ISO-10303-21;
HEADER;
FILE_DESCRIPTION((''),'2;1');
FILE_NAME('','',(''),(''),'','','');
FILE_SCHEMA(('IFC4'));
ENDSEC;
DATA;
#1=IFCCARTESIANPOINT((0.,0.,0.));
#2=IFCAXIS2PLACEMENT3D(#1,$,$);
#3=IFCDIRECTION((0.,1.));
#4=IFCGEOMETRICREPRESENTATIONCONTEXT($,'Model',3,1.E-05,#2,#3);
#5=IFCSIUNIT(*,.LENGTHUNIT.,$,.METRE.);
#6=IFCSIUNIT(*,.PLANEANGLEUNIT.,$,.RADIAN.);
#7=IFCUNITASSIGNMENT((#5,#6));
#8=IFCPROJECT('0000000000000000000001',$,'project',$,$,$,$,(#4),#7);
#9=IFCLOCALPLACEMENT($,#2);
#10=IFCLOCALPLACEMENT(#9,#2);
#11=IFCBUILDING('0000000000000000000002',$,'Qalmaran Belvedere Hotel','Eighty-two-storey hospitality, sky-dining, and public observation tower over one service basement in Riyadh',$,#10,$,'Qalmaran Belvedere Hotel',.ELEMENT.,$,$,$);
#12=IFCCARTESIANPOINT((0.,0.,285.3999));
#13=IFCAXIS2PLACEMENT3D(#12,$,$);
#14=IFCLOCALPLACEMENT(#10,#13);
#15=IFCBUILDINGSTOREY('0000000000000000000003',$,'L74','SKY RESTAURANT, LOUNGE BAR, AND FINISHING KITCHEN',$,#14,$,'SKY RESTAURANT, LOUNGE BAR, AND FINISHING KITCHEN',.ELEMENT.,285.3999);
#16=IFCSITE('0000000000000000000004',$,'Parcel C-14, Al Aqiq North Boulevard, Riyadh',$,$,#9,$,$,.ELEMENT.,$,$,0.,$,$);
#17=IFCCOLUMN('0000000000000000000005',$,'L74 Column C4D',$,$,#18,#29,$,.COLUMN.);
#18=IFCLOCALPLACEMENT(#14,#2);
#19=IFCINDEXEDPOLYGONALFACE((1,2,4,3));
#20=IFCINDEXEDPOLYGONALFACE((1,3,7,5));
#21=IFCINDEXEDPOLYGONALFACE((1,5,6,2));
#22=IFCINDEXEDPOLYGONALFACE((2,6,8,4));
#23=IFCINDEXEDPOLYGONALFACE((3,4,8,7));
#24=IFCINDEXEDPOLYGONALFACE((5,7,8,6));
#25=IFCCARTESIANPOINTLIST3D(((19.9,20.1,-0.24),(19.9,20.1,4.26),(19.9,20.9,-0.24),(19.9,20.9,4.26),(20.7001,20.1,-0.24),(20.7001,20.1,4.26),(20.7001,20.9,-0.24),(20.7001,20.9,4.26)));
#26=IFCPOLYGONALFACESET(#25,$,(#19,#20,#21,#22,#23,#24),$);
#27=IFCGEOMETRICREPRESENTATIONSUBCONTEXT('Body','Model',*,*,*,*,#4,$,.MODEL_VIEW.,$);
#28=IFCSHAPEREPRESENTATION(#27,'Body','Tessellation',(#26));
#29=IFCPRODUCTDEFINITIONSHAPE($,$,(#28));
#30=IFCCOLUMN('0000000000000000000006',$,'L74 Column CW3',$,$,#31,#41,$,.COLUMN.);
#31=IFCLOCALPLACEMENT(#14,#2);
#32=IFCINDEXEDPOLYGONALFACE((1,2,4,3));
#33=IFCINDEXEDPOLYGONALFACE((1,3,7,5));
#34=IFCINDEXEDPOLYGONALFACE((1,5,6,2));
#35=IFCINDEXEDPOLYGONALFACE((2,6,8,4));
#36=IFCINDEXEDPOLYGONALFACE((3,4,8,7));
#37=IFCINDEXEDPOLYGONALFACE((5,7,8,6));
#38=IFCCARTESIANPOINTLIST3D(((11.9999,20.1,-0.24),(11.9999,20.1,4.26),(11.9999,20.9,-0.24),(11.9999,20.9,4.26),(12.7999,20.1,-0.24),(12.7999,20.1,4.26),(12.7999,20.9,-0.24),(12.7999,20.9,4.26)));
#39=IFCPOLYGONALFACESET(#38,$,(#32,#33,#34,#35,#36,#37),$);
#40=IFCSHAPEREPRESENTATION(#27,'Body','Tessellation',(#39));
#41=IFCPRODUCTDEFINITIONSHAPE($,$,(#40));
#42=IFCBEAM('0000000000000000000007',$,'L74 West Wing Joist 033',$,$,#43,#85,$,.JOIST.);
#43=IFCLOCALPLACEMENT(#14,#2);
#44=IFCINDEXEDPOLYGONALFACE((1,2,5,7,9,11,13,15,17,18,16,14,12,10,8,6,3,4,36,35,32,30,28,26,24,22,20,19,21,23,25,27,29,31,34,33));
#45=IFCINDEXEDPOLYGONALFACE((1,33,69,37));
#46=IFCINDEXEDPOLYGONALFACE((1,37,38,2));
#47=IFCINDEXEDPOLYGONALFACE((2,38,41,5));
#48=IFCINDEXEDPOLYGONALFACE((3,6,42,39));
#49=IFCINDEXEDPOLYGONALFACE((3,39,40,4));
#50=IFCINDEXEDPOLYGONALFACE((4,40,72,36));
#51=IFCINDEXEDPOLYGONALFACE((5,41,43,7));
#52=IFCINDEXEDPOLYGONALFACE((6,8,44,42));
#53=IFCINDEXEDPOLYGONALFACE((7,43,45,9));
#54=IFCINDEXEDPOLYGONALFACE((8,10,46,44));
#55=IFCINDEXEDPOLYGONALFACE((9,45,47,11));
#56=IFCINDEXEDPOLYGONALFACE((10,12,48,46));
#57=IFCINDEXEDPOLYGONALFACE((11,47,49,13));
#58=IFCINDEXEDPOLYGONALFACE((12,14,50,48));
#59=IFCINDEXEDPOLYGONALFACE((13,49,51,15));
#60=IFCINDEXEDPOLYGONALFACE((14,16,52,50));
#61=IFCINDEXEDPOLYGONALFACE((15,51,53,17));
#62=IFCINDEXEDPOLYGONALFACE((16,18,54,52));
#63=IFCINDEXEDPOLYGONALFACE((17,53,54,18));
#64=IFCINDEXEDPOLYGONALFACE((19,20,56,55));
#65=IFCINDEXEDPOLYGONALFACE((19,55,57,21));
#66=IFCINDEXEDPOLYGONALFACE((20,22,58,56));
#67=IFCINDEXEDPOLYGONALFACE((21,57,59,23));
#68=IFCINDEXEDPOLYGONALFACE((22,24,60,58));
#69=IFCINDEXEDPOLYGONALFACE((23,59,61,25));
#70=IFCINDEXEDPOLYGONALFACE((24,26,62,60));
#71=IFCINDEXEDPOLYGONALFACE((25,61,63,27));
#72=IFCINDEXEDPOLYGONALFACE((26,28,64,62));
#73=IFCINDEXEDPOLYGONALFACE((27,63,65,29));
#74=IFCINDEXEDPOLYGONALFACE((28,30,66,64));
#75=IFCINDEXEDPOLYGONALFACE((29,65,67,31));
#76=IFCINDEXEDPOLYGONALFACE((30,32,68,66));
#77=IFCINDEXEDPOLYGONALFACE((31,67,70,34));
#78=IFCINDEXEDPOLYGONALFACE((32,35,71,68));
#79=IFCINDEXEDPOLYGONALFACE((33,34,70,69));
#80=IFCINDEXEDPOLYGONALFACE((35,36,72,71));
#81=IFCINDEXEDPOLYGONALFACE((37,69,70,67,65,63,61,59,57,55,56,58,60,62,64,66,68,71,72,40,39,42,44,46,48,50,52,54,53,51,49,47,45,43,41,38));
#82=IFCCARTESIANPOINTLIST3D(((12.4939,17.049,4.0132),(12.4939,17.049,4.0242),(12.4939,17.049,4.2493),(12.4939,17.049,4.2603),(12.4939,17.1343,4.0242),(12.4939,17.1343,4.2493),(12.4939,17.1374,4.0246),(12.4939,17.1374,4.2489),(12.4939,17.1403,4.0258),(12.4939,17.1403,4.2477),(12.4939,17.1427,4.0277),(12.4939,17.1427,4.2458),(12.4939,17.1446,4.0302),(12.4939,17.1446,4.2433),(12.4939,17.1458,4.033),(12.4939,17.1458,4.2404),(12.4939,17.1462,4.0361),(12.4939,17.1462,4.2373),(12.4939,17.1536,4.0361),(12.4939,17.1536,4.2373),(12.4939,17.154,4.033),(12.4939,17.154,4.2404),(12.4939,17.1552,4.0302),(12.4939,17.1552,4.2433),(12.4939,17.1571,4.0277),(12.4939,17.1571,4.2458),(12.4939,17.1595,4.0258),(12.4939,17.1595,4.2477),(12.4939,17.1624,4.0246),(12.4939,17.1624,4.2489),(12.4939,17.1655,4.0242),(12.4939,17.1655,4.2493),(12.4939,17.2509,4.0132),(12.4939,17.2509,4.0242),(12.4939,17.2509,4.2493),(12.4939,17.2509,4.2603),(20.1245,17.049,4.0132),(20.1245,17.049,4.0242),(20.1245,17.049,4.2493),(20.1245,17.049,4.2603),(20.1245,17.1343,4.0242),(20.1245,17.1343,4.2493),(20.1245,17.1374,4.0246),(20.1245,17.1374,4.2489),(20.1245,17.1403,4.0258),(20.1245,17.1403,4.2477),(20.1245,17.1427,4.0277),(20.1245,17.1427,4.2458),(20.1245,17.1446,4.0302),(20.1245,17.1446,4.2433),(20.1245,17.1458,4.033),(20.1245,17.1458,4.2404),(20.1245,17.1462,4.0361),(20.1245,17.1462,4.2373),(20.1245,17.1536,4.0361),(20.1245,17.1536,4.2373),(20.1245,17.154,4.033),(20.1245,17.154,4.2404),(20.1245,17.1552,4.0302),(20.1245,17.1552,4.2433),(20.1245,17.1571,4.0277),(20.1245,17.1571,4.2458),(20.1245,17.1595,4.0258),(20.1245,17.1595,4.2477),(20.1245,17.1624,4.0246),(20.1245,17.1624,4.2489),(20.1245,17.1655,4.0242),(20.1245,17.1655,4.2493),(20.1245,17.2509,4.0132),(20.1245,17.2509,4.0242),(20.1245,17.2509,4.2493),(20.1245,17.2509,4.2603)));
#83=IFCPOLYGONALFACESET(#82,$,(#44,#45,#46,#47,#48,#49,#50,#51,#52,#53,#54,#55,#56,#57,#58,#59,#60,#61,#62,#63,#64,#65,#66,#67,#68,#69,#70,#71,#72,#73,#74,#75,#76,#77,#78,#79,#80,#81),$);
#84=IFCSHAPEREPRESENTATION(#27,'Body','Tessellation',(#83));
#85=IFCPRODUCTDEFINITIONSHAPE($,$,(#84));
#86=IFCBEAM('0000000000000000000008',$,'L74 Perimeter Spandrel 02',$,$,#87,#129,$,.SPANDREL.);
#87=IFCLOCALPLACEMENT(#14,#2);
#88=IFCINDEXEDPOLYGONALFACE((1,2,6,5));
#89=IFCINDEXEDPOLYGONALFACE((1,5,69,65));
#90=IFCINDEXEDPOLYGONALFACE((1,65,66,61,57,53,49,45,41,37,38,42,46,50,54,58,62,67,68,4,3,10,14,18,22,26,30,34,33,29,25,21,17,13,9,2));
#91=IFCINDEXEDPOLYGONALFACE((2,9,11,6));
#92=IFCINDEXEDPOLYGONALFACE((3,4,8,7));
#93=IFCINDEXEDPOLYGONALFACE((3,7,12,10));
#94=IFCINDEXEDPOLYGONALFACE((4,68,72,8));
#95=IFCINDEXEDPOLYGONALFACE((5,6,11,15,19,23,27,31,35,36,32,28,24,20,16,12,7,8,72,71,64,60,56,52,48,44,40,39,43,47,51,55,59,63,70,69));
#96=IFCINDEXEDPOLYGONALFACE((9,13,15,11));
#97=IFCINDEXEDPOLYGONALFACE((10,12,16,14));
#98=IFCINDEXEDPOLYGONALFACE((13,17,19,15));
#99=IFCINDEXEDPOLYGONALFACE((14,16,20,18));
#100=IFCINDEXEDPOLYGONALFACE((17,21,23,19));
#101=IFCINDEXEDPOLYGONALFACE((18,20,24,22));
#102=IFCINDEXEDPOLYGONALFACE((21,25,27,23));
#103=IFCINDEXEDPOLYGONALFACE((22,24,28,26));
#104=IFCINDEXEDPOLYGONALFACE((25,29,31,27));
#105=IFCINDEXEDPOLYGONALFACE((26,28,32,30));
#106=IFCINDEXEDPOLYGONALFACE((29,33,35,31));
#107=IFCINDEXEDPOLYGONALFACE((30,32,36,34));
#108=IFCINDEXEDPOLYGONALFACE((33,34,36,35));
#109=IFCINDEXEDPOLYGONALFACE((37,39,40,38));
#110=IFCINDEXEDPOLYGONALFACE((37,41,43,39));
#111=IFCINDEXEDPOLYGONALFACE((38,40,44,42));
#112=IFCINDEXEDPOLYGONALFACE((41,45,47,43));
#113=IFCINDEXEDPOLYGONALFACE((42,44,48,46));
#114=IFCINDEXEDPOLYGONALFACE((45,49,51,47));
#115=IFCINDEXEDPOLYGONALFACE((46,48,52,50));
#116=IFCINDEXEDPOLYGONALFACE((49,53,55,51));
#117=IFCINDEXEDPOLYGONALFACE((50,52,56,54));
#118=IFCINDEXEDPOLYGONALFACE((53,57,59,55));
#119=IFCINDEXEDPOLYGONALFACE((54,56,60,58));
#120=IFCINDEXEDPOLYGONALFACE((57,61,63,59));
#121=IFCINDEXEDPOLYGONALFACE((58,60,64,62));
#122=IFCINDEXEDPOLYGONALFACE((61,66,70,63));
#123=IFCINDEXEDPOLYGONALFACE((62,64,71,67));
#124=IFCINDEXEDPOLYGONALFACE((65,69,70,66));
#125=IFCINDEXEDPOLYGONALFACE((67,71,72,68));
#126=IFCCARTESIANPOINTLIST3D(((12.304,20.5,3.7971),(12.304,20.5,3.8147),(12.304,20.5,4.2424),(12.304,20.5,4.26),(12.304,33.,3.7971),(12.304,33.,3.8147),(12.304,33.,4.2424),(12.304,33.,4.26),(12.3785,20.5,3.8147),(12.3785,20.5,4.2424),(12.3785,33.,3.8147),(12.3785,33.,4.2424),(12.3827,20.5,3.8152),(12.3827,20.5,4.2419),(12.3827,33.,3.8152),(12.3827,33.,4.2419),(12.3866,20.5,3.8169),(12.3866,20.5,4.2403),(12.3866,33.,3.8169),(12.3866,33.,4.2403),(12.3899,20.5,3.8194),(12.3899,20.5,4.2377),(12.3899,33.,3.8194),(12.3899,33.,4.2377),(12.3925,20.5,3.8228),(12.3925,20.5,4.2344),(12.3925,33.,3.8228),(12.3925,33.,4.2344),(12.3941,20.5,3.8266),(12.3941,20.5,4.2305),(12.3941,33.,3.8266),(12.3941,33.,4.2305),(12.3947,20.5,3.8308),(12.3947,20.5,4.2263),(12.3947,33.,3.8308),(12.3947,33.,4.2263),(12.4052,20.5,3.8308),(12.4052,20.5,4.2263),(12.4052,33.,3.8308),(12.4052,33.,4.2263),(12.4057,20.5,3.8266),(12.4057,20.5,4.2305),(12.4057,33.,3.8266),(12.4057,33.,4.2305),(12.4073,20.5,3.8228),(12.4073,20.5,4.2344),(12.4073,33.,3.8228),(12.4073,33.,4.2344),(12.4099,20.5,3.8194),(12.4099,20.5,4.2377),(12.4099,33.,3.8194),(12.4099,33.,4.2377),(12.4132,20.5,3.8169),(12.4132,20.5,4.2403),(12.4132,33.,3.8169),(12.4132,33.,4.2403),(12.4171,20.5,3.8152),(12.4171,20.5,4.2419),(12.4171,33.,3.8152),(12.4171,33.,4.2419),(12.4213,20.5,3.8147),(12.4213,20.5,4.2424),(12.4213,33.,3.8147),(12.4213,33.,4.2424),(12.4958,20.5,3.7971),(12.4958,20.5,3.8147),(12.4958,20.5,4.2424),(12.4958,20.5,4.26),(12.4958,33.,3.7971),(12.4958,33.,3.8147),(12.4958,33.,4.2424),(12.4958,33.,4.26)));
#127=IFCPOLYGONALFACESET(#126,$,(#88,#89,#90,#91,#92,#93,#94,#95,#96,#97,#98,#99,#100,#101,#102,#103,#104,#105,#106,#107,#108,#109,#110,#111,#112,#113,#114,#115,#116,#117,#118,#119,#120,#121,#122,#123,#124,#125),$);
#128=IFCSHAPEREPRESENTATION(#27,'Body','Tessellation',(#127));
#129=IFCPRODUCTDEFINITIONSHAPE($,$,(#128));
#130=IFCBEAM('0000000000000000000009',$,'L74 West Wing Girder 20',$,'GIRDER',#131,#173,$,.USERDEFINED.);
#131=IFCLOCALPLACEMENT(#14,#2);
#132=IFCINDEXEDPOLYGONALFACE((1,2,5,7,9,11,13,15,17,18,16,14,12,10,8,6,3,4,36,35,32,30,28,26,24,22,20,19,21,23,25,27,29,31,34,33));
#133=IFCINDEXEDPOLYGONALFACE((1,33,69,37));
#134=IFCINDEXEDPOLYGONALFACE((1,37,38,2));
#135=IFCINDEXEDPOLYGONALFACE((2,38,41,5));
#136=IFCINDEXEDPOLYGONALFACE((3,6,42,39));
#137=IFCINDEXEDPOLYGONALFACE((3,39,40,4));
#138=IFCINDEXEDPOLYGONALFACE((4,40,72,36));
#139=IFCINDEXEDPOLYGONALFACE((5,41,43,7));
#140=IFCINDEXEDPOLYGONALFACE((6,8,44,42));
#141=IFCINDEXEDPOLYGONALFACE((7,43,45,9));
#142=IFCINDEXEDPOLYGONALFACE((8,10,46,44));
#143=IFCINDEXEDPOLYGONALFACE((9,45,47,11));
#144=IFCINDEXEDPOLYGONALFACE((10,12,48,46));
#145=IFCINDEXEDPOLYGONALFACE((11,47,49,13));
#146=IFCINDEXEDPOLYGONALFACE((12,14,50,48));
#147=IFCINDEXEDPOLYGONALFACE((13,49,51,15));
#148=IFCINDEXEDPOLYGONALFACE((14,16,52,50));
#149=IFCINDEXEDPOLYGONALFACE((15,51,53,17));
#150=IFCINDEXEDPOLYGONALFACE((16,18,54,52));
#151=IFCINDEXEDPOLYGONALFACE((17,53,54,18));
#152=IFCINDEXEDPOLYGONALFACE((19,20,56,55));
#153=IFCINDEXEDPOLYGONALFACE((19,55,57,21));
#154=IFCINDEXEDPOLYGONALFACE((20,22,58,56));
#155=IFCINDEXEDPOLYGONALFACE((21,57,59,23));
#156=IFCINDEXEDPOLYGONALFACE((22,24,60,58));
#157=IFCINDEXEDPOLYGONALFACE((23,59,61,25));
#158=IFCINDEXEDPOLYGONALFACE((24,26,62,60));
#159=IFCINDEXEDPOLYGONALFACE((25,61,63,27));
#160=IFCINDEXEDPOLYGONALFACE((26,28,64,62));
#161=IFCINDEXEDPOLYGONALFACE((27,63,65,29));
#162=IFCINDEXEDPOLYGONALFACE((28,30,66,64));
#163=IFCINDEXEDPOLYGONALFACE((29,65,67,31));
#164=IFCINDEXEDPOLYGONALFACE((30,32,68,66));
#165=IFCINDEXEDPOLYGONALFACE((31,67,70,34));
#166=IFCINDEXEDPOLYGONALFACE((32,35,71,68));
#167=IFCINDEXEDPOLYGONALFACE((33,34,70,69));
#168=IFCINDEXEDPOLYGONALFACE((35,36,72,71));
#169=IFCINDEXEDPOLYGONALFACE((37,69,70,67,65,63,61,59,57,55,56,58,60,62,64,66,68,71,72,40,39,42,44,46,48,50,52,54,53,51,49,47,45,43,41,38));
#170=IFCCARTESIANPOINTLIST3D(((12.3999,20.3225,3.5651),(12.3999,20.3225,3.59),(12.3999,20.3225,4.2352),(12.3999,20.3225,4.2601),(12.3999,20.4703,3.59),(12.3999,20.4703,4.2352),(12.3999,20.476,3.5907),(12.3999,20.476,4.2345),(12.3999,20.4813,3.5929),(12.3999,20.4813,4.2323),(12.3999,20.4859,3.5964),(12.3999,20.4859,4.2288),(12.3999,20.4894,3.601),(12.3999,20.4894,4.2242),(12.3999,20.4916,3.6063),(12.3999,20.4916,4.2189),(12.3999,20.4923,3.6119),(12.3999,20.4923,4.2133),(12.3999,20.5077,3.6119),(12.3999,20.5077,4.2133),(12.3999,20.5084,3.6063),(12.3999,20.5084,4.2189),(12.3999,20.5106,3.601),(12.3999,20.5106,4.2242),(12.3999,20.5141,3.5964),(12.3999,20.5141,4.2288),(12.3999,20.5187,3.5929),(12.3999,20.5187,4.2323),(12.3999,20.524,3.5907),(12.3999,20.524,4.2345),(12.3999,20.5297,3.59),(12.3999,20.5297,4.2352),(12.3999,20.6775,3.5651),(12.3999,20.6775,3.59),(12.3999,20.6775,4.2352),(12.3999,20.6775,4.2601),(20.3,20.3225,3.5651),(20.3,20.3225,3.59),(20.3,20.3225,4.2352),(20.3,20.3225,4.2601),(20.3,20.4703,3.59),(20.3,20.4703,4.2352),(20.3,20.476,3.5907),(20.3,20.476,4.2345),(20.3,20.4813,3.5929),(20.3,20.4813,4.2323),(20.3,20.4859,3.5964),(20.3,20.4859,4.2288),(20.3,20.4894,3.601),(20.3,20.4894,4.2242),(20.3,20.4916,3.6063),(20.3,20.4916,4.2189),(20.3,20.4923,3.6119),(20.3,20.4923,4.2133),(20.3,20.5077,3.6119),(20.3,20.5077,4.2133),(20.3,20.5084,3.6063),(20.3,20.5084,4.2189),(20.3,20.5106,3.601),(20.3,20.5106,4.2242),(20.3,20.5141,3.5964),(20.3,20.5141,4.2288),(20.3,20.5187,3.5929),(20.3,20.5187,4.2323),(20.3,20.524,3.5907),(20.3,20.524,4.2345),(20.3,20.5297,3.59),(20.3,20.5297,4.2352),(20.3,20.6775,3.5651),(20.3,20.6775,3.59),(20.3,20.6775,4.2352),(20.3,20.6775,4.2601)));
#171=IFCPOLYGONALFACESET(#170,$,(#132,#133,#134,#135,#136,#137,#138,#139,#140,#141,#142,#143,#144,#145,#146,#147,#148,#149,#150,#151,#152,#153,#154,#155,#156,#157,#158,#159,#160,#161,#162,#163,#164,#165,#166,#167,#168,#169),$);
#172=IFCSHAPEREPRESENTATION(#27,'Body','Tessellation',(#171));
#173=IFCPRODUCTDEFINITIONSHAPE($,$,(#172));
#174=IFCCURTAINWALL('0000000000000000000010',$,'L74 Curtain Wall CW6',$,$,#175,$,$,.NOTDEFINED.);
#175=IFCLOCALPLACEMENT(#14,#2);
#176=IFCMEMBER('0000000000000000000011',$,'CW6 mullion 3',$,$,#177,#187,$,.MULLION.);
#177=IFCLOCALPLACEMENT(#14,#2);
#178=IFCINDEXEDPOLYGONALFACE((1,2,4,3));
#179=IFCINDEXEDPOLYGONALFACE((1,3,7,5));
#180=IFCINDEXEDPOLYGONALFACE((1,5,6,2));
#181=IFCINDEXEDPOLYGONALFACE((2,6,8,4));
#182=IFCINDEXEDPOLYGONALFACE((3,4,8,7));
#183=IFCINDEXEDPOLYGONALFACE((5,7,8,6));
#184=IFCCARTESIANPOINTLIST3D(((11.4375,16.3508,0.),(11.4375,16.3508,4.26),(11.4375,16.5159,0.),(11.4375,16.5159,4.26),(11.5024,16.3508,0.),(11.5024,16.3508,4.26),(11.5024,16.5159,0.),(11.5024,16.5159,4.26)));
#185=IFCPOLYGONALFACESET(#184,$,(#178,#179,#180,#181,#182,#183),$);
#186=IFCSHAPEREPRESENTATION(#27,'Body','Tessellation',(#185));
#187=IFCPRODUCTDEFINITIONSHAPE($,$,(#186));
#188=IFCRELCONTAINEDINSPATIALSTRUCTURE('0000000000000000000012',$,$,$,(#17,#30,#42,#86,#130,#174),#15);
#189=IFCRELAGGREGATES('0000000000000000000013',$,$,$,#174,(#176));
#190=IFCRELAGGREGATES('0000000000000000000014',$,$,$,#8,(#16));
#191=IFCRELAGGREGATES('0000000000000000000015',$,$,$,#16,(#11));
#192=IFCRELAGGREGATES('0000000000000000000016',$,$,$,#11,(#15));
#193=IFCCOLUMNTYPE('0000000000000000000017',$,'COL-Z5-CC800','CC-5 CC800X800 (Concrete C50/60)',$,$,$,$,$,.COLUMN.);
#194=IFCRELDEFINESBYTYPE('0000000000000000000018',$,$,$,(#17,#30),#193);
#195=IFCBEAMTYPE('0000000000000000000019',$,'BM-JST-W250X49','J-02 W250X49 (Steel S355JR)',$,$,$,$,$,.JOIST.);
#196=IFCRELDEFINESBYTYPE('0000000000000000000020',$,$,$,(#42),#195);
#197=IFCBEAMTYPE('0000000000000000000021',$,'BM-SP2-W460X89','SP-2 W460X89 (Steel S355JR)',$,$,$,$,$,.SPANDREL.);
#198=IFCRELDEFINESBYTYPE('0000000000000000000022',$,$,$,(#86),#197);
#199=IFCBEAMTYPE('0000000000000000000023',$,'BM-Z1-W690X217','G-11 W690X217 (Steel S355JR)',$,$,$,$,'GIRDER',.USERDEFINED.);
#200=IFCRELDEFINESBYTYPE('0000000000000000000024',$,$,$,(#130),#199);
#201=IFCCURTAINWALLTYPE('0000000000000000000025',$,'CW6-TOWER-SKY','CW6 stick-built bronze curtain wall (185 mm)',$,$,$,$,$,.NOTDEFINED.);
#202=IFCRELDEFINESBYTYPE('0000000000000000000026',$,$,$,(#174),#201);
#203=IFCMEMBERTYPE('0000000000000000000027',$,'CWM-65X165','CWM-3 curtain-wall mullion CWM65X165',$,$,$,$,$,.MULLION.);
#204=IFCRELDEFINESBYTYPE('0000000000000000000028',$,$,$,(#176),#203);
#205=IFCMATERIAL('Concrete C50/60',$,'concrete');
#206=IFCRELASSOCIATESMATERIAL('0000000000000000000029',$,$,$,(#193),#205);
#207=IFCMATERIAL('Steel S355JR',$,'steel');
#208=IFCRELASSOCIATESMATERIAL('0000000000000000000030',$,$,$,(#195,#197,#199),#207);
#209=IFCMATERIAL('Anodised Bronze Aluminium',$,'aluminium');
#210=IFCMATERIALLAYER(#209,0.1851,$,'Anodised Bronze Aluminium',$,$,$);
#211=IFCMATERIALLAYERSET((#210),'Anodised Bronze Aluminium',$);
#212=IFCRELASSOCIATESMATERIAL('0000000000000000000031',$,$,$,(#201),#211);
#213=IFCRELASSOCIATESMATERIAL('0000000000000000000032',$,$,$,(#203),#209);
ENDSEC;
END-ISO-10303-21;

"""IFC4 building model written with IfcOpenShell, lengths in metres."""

from ifc_helpers import new_model, si_unit, direction, frame, origin, origin_2d, place, context, subcontext, project, spatial, rectangle, i_section, extrude, material, layer, layer_set, material_profile, profile_set, type_object, element, aggregate, save


model = new_model("IFC4")

# Units and contexts
model_context = context("Model", 3, precision=1e-05, world=origin(), true_north=direction((0.0, 1.0)))
body_context = subcontext(model_context, "Body", "Model", "MODEL_VIEW")
ifc_project = project(units=[si_unit("LENGTHUNIT", "METRE"), si_unit("PLANEANGLEUNIT", "RADIAN")], contexts=[model_context])

# Site, building, storey
site_placement = place(None, origin())
site = spatial("IfcSite", under=ifc_project, at=site_placement, Name="Parcel C-14, Al Aqiq North Boulevard, Riyadh", CompositionType="ELEMENT", RefElevation=0.0)
building_placement = place(site_placement, origin())
building = spatial("IfcBuilding", under=site, at=building_placement, Name="Qalmaran Belvedere Hotel", Description="Eighty-two-storey hospitality, sky-dining, and public observation tower over one service basement in Riyadh", LongName="Qalmaran Belvedere Hotel", CompositionType="ELEMENT")
storey_placement = place(building_placement, frame((0.0, 0.0, 285.3999)))
storey = spatial("IfcBuildingStorey", under=building, at=storey_placement, Name="L74", Description="SKY RESTAURANT, LOUNGE BAR, AND FINISHING KITCHEN", LongName="SKY RESTAURANT, LOUNGE BAR, AND FINISHING KITCHEN", CompositionType="ELEMENT", Elevation=285.3999)

# Columns
ifc_material_1 = material(Name="Concrete C50/60", Category="concrete")
ifc_material_profile_1 = material_profile(ifc_material_1, rectangle(XDim=0.8, YDim=0.8, at=origin_2d()), Name="CC800X800")
ifc_profile_set_1 = profile_set([ifc_material_profile_1], Name="Concrete C50/60")
column_type = type_object("IfcColumnType", Name="COL-Z5-CC800", Description="CC-5 CC800X800 (Concrete C50/60)", PredefinedType="COLUMN", material=ifc_profile_set_1)
for number, where, z_axis, x_axis, name in (
    (1, (20.3, 20.5, -0.24), (0.0, 0.0, 1.0), (1.0, 0.0, 0.0), "L74 Column C4D"),
    (2, (12.3999, 20.5, -0.24), (0.0, 0.0, 1.0), (1.0, 0.0, 0.0), "L74 Column CW3"),
):
    element("IfcColumn", number, at=place(storey_placement, frame(where, z_axis=z_axis, x_axis=x_axis)), inside=storey, type_object=column_type, Name=name, PredefinedType="COLUMN", context=body_context, shape_type="SweptSolid", body=[
        extrude(rectangle(XDim=0.8, YDim=0.8, at=origin_2d()), origin(), (0.0, 0.0, 1.0), 4.5),
    ])

# Beams
ifc_material_2 = material(Name="Steel S355JR", Category="steel")
ifc_material_profile_2 = material_profile(ifc_material_2, i_section(OverallWidth=0.2019, OverallDepth=0.2471, WebThickness=0.0073, FlangeThickness=0.011, FilletRadius=0.012, at=origin_2d()), Name="W250X49")
ifc_profile_set_2 = profile_set([ifc_material_profile_2], Name="Steel S355JR")
beam_type_1 = type_object("IfcBeamType", Name="BM-JST-W250X49", Description="J-02 W250X49 (Steel S355JR)", PredefinedType="JOIST", material=ifc_profile_set_2)
beam_1_placement = place(storey_placement, frame((12.4939, 17.1499, 4.1367), z_axis=(1.0, 0.0, 0.0), x_axis=(0.0, 1.0, 0.0)))
element("IfcBeam", 3, at=beam_1_placement, inside=storey, type_object=beam_type_1, Name="L74 West Wing Joist 033", PredefinedType="JOIST", context=body_context, shape_type="SweptSolid", body=[
    extrude(i_section(OverallWidth=0.2019, OverallDepth=0.2471, WebThickness=0.0073, FlangeThickness=0.011, FilletRadius=0.012, at=origin_2d()), origin(), (0.0, 0.0, 1.0), 7.6306),
])
ifc_material_profile_3 = material_profile(ifc_material_2, i_section(OverallWidth=0.1919, OverallDepth=0.4629, WebThickness=0.0105, FlangeThickness=0.0176, FilletRadius=0.0161, at=origin_2d()), Name="W460X89")
ifc_profile_set_3 = profile_set([ifc_material_profile_3], Name="Steel S355JR")
beam_type_2 = type_object("IfcBeamType", Name="BM-SP2-W460X89", Description="SP-2 W460X89 (Steel S355JR)", PredefinedType="SPANDREL", material=ifc_profile_set_3)
beam_2_placement = place(storey_placement, frame((12.3999, 20.5, 4.0286), z_axis=(0.0, 1.0, 0.0), x_axis=(-1.0, 0.0, 0.0)))
element("IfcBeam", 4, at=beam_2_placement, inside=storey, type_object=beam_type_2, Name="L74 Perimeter Spandrel 02", PredefinedType="SPANDREL", context=body_context, shape_type="SweptSolid", body=[
    extrude(i_section(OverallWidth=0.1919, OverallDepth=0.4629, WebThickness=0.0105, FlangeThickness=0.0176, FilletRadius=0.0161, at=origin_2d()), origin(), (0.0, 0.0, 1.0), 12.5),
])
ifc_material_profile_4 = material_profile(ifc_material_2, i_section(OverallWidth=0.355, OverallDepth=0.6951, WebThickness=0.0154, FlangeThickness=0.0249, FilletRadius=0.022, at=origin_2d()), Name="W690X217")
ifc_profile_set_4 = profile_set([ifc_material_profile_4], Name="Steel S355JR")
beam_type_3 = type_object("IfcBeamType", Name="BM-Z1-W690X217", Description="G-11 W690X217 (Steel S355JR)", ElementType="GIRDER", PredefinedType="USERDEFINED", material=ifc_profile_set_4)
beam_3_placement = place(storey_placement, frame((12.3999, 20.5, 3.9126), z_axis=(1.0, 0.0, 0.0), x_axis=(0.0, 1.0, 0.0)))
element("IfcBeam", 5, at=beam_3_placement, inside=storey, type_object=beam_type_3, Name="L74 West Wing Girder 20", ObjectType="GIRDER", PredefinedType="USERDEFINED", context=body_context, shape_type="SweptSolid", body=[
    extrude(i_section(OverallWidth=0.355, OverallDepth=0.6951, WebThickness=0.0154, FlangeThickness=0.0249, FilletRadius=0.022, at=origin_2d()), origin(), (0.0, 0.0, 1.0), 7.9001),
])

# Curtain wall, member
ifc_material_3 = material(Name="Anodised Bronze Aluminium", Category="aluminium")
ifc_layer_1 = layer(ifc_material_3, 0.1851, Name="Anodised Bronze Aluminium")
ifc_layer_set_1 = layer_set([ifc_layer_1], Name="Anodised Bronze Aluminium")
curtain_wall_type = type_object("IfcCurtainWallType", Name="CW6-TOWER-SKY", Description="CW6 stick-built bronze curtain wall (185 mm)", PredefinedType="NOTDEFINED", material=ifc_layer_set_1)
curtain_wall_placement = place(storey_placement, origin())
curtain_wall = element("IfcCurtainWall", 6, at=curtain_wall_placement, inside=storey, type_object=curtain_wall_type, Name="L74 Curtain Wall CW6", PredefinedType="NOTDEFINED")
ifc_material_profile_5 = material_profile(ifc_material_3, rectangle(XDim=0.0649, YDim=0.165, at=origin_2d()), Name="CWM65X165")
ifc_profile_set_5 = profile_set([ifc_material_profile_5], Name="Anodised Bronze Aluminium")
member_type_1 = type_object("IfcMemberType", Name="CWM-65X165", Description="CWM-3 curtain-wall mullion CWM65X165", PredefinedType="MULLION", material=ifc_profile_set_5)
member_1_placement = place(storey_placement, frame((11.47, 16.4333, 0.0), z_axis=(0.0, 0.0, 1.0), x_axis=(1.0, 0.0, 0.0)))
member_1 = element("IfcMember", 7, at=member_1_placement, type_object=member_type_1, Name="CW6 mullion 3", PredefinedType="MULLION", context=body_context, shape_type="SweptSolid", body=[
    extrude(rectangle(XDim=0.0649, YDim=0.165, at=origin_2d()), origin(), (0.0, 0.0, 1.0), 4.26),
])
aggregate(curtain_wall, [member_1])

save(model, "model.ifc")
